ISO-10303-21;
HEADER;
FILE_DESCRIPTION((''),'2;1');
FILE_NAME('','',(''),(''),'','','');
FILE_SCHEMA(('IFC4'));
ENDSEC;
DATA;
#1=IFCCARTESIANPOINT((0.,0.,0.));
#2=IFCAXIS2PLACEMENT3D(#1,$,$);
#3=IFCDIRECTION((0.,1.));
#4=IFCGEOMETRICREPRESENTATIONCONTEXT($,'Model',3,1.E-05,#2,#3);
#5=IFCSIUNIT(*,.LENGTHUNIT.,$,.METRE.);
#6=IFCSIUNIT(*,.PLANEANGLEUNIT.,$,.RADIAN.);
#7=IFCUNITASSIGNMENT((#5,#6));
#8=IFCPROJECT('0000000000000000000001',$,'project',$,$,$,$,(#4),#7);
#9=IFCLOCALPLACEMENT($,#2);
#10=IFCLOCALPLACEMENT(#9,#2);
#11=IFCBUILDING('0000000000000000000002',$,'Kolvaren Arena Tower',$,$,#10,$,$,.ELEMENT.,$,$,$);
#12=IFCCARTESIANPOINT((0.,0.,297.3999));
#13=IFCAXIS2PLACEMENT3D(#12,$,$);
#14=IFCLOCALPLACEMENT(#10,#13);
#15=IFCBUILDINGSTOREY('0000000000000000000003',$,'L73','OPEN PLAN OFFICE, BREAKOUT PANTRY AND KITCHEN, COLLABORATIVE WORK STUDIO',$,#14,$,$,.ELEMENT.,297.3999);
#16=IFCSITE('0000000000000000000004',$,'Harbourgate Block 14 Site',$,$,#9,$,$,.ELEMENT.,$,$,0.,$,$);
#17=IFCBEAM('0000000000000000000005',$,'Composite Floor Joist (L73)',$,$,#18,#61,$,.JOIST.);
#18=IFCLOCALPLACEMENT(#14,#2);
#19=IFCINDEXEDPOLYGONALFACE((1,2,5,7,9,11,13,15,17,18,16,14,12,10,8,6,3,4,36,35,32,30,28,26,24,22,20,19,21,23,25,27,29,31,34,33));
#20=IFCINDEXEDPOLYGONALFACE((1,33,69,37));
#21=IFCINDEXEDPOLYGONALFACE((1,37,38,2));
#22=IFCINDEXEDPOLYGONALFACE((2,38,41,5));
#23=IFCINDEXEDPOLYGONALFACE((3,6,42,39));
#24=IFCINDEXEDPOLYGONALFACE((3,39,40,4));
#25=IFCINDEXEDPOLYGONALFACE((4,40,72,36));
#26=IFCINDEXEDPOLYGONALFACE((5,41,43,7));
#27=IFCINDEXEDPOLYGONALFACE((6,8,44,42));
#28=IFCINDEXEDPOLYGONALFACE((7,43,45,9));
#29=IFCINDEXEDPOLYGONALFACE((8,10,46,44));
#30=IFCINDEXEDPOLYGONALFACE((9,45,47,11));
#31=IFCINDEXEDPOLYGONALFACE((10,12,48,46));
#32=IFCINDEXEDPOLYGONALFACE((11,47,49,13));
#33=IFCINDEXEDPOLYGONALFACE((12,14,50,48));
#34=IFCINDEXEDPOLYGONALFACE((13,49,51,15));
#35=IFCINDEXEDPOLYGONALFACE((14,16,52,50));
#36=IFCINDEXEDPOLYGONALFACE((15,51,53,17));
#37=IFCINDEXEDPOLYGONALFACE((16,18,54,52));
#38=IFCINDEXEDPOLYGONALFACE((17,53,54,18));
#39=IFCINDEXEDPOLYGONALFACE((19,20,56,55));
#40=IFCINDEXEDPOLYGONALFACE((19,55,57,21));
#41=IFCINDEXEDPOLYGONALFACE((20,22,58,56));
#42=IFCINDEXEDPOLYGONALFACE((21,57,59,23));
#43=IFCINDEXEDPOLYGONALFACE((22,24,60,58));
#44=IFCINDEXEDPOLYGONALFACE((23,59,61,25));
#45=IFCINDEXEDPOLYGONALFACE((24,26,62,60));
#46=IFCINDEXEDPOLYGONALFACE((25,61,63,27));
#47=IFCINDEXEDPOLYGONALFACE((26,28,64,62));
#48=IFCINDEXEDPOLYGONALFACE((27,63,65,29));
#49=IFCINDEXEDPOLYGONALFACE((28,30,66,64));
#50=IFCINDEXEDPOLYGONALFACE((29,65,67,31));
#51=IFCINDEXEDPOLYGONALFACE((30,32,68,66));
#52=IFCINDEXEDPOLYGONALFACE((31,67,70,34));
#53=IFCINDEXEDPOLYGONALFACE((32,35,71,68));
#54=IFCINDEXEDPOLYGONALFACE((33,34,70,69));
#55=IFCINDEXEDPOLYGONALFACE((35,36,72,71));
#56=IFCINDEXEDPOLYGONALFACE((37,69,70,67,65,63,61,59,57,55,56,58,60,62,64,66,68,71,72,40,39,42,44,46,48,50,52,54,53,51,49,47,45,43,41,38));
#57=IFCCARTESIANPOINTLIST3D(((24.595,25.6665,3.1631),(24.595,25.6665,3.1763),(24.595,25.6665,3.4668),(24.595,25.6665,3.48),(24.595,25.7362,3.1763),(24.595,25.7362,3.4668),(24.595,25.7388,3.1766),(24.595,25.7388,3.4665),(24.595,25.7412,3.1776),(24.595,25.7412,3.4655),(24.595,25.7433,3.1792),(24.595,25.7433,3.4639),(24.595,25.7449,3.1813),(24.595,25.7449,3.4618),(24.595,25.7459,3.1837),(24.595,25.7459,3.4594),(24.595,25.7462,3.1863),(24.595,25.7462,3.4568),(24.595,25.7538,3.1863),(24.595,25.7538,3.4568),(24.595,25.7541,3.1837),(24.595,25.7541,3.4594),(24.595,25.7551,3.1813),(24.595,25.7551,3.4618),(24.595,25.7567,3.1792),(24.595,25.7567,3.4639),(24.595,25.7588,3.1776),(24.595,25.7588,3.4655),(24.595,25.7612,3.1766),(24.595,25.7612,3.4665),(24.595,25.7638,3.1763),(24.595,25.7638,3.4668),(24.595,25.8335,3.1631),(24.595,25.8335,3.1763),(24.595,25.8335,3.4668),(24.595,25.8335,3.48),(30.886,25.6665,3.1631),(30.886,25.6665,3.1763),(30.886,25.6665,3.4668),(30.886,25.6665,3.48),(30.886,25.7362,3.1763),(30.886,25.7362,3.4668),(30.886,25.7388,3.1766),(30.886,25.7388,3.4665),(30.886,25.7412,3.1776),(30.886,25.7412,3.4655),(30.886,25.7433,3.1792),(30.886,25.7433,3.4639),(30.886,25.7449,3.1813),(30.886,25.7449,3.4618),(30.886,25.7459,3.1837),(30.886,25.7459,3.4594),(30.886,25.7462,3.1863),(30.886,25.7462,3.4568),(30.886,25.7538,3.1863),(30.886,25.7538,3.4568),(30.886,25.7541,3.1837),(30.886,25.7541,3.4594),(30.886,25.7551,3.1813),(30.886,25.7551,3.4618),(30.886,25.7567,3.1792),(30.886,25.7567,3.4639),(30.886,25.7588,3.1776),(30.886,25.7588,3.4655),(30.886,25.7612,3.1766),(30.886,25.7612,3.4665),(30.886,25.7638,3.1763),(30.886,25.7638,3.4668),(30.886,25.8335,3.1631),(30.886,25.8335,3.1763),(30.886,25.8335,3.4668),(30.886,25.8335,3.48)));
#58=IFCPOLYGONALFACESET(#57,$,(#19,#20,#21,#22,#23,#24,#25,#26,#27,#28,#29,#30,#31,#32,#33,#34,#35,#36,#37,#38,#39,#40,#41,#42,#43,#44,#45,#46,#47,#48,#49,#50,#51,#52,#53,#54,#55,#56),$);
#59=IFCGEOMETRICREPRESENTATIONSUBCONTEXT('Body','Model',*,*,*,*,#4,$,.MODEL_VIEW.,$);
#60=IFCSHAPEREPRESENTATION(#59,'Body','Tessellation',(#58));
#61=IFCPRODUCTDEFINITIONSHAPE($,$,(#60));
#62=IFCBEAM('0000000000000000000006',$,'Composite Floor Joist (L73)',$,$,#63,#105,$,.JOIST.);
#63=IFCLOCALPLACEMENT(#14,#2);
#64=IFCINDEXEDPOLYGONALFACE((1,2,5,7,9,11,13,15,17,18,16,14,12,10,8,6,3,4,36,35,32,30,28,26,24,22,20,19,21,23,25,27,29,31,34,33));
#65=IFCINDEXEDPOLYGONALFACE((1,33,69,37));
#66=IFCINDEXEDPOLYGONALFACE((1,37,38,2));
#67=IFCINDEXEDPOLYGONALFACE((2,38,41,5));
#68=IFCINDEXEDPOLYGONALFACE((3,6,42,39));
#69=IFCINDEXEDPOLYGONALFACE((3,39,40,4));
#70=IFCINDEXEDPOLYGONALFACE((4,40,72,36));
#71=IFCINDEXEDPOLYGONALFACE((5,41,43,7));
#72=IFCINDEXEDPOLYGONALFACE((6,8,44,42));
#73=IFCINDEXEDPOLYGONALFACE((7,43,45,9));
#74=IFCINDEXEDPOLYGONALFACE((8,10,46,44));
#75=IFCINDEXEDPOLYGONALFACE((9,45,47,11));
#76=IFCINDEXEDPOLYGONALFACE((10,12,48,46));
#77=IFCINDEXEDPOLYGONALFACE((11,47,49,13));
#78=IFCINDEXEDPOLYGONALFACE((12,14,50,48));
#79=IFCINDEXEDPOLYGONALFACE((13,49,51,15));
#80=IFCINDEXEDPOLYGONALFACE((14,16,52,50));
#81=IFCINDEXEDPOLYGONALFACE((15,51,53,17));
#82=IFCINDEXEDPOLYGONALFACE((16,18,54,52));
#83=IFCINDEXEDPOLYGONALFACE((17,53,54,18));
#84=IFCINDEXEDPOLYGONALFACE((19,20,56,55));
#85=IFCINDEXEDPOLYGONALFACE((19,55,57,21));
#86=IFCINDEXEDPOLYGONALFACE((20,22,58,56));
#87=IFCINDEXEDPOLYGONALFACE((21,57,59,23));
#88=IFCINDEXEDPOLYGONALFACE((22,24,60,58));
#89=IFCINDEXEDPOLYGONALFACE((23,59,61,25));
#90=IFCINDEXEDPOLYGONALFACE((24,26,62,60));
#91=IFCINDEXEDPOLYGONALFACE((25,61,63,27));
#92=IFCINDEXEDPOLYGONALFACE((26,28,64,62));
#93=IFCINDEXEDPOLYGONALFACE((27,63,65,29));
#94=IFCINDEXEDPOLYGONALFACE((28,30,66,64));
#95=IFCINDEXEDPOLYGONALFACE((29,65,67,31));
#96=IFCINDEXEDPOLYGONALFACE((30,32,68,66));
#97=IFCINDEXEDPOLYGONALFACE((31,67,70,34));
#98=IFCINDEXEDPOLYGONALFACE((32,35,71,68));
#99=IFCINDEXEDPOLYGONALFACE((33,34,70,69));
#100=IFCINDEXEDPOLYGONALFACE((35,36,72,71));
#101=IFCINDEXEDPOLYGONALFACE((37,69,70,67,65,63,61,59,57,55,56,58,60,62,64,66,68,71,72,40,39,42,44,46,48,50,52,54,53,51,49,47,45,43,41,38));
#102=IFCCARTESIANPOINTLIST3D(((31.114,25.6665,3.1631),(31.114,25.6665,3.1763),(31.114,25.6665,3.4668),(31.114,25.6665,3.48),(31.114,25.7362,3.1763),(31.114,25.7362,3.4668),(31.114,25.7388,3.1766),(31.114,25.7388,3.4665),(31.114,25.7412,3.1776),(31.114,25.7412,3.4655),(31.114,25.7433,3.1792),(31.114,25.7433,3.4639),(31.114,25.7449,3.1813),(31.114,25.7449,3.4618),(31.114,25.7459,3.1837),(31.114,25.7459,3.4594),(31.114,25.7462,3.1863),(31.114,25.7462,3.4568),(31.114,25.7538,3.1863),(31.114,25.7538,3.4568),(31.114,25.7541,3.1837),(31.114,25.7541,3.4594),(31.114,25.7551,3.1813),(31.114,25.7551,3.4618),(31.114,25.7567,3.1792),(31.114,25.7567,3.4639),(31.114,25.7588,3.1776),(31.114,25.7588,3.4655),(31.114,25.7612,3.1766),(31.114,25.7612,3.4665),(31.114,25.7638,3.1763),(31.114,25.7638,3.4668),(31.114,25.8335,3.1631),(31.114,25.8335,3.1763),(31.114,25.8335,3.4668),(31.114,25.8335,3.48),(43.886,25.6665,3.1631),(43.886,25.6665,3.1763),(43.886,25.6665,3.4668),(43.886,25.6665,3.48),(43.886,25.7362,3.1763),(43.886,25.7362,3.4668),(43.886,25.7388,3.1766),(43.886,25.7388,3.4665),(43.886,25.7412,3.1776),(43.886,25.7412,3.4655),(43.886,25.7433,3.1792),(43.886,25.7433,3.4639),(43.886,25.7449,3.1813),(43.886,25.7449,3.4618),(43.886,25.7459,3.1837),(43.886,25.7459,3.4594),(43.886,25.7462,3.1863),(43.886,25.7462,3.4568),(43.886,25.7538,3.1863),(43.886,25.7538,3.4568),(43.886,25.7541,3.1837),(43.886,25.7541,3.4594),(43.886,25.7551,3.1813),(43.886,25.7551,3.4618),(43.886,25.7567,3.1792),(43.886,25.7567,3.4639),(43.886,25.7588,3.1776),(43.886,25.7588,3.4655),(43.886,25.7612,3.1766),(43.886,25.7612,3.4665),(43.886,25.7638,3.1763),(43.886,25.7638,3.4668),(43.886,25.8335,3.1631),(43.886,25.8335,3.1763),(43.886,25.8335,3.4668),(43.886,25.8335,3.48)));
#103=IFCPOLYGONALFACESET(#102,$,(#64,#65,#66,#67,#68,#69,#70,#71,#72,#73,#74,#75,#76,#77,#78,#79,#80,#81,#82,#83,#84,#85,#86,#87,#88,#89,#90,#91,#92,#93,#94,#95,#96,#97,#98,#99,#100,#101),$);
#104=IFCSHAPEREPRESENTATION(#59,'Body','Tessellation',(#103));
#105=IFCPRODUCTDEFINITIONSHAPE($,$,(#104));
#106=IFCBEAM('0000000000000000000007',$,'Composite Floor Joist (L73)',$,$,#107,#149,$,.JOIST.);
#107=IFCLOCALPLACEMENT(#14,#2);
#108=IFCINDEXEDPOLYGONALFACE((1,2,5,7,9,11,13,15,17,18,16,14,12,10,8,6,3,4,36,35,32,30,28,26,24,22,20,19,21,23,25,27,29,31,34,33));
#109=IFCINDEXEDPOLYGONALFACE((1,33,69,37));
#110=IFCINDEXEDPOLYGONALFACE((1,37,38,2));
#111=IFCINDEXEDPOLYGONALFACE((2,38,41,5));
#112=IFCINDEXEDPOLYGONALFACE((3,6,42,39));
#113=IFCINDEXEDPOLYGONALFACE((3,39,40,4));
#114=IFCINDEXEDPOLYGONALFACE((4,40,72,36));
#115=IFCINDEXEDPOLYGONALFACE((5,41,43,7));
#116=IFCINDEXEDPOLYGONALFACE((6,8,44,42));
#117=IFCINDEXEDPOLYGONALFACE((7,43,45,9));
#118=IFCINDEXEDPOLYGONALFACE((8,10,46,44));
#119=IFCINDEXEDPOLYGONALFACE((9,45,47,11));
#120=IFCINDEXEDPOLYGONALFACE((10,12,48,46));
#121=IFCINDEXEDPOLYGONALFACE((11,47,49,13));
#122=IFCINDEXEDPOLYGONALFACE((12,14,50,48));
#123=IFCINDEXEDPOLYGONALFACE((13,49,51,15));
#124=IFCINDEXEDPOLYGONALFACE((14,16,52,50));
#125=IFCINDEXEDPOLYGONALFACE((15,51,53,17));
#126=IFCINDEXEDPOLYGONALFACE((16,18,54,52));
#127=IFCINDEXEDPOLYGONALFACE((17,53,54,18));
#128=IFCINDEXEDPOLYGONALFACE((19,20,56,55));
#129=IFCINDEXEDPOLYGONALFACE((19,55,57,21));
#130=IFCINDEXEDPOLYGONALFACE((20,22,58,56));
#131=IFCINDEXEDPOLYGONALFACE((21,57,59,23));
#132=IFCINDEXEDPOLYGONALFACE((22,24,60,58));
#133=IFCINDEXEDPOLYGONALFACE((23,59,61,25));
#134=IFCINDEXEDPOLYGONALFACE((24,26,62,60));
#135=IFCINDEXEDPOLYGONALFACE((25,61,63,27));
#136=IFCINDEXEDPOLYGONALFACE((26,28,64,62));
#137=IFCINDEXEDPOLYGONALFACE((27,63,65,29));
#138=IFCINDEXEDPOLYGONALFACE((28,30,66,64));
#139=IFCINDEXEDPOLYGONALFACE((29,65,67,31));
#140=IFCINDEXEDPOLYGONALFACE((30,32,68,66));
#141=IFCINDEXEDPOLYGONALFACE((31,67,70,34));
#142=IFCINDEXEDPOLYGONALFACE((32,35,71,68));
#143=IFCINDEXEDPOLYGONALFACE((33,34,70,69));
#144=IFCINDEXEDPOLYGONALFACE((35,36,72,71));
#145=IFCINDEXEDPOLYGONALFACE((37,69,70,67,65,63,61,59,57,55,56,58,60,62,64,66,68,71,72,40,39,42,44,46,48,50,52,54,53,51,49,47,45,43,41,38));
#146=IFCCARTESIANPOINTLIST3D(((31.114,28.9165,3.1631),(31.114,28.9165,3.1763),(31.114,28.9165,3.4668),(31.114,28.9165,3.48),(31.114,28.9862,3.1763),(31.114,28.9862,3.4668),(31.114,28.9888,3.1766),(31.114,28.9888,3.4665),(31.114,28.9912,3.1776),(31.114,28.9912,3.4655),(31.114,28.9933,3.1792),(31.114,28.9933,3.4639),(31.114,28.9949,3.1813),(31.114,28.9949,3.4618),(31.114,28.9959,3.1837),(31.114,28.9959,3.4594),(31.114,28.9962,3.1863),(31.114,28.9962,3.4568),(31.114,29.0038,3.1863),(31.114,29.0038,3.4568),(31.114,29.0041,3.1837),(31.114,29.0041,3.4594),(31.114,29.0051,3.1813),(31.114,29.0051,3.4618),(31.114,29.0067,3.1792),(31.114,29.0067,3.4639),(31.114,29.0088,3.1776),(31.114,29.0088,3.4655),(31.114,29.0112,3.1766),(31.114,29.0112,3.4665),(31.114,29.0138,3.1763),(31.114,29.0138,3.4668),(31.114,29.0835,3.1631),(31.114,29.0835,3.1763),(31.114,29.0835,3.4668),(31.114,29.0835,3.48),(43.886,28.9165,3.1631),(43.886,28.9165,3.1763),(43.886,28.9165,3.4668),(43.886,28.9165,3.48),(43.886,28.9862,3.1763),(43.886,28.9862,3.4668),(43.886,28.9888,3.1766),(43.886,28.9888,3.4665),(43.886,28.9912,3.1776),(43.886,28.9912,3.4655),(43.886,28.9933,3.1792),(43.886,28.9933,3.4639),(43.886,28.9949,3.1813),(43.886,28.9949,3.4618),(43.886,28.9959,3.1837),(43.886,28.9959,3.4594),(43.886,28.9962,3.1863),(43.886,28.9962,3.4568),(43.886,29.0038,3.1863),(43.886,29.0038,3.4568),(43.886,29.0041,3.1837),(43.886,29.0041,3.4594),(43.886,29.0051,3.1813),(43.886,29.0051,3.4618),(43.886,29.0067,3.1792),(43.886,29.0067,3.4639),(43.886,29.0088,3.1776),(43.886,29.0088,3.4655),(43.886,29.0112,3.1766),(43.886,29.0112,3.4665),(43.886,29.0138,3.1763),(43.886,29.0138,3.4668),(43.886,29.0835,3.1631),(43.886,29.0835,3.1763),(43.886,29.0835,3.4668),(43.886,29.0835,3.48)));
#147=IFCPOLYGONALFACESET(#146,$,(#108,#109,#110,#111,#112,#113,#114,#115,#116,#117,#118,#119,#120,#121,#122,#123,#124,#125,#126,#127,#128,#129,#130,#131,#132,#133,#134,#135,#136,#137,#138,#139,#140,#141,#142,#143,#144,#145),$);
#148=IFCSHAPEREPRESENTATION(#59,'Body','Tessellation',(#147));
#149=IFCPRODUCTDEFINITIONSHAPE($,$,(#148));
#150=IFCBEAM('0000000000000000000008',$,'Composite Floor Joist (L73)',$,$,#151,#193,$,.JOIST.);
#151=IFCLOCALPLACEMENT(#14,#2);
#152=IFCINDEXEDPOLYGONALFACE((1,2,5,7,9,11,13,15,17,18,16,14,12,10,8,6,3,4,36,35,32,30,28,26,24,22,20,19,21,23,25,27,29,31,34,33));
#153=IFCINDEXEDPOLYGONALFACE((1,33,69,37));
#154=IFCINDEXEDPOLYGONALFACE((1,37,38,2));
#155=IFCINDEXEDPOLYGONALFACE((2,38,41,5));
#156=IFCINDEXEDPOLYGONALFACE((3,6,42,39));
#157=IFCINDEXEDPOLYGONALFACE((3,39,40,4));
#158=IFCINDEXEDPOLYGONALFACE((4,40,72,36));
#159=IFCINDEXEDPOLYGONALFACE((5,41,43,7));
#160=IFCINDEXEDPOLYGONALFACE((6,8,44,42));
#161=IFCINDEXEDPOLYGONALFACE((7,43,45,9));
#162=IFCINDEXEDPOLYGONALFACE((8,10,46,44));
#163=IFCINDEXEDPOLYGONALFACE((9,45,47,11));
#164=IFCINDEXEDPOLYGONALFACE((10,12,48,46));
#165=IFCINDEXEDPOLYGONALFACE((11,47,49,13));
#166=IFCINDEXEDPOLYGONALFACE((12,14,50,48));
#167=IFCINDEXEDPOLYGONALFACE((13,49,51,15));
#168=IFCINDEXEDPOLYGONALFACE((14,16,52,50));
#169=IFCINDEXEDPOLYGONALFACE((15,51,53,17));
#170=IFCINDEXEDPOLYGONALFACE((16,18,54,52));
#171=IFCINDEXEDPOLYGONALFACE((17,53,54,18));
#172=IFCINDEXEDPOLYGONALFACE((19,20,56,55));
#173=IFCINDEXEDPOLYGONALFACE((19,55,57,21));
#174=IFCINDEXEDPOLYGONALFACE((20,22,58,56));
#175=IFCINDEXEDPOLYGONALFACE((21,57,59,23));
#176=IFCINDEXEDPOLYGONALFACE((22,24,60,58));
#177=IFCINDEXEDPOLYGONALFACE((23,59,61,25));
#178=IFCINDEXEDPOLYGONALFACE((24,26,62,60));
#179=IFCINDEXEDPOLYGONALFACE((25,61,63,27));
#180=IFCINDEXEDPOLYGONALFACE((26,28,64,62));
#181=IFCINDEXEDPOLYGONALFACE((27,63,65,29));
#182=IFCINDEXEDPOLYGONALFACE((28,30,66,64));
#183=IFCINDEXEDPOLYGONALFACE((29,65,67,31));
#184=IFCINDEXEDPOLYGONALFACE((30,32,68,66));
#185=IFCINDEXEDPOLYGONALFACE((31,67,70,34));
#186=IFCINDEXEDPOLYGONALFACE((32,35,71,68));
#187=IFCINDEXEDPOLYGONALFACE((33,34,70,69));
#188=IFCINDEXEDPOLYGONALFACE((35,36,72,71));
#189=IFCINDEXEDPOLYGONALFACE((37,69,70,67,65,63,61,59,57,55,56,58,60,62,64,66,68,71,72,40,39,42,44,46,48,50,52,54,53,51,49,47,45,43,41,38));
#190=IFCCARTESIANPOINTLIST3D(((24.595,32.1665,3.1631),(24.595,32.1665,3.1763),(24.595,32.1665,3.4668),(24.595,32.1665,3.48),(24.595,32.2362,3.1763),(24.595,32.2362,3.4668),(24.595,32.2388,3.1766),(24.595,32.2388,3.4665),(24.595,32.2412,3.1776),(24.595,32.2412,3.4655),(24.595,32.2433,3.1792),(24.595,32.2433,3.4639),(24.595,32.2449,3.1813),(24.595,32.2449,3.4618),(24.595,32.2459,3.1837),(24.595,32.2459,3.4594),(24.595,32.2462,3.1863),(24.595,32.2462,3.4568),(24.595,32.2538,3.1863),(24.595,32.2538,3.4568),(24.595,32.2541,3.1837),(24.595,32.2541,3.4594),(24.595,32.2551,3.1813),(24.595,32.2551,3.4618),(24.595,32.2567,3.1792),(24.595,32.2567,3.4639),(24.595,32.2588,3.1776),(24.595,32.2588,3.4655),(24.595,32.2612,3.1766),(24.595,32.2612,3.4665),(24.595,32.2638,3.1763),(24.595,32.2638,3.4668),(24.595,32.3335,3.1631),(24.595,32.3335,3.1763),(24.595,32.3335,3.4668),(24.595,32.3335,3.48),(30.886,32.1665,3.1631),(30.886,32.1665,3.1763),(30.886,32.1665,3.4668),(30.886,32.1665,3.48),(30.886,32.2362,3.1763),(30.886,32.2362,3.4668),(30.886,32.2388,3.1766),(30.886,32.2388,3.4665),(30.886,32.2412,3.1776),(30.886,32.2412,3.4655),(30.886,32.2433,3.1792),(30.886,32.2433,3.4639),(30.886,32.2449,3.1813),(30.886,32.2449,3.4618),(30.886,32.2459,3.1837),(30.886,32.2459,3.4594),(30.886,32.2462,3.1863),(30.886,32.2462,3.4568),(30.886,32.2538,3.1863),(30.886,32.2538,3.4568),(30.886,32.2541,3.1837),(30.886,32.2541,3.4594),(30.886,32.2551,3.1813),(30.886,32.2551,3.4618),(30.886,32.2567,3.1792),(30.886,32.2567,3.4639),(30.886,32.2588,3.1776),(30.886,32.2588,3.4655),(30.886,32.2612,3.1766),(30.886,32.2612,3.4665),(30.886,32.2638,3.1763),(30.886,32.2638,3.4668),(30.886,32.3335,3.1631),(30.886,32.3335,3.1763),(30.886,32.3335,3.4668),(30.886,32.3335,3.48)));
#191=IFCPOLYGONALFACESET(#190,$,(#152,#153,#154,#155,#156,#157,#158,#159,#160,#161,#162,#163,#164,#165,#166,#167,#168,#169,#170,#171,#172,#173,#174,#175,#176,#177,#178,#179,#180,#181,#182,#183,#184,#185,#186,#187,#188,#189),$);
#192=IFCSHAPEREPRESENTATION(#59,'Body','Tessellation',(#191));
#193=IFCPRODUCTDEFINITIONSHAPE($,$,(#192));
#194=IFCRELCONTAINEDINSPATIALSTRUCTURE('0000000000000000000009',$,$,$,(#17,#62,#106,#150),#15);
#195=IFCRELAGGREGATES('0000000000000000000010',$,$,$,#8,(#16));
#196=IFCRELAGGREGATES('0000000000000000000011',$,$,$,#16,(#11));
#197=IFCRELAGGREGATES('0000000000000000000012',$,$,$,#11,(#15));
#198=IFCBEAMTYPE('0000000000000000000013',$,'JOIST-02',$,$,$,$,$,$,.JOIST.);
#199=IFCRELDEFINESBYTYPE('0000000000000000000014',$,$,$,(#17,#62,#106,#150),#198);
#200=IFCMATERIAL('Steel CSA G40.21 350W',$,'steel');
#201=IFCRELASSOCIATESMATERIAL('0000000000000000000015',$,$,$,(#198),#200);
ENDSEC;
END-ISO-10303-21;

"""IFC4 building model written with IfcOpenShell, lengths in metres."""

from ifc_helpers import new_model, si_unit, direction, frame, origin, origin_2d, place, context, subcontext, project, spatial, i_section, extrude, material, material_profile, profile_set, type_object, element, save


model = new_model("IFC4")

# Units and contexts
model_context = context("Model", 3, precision=1e-05, world=origin(), true_north=direction((0.0, 1.0)))
body_context = subcontext(model_context, "Body", "Model", "MODEL_VIEW")
ifc_project = project(units=[si_unit("LENGTHUNIT", "METRE"), si_unit("PLANEANGLEUNIT", "RADIAN")], contexts=[model_context])

# Site, building, storey
site_placement = place(None, origin())
site = spatial("IfcSite", under=ifc_project, at=site_placement, Name="Harbourgate Block 14 Site", CompositionType="ELEMENT", RefElevation=0.0)
building_placement = place(site_placement, origin())
building = spatial("IfcBuilding", under=site, at=building_placement, Name="Kolvaren Arena Tower", CompositionType="ELEMENT")
storey_placement = place(building_placement, frame((0.0, 0.0, 297.3999)))
storey = spatial("IfcBuildingStorey", under=building, at=storey_placement, Name="L73", Description="OPEN PLAN OFFICE, BREAKOUT PANTRY AND KITCHEN, COLLABORATIVE WORK STUDIO", CompositionType="ELEMENT", Elevation=297.3999)

# Beams
ifc_material_1 = material(Name="Steel CSA G40.21 350W", Category="steel")
ifc_material_profile_1 = material_profile(ifc_material_1, i_section(OverallWidth=0.167, OverallDepth=0.3169, WebThickness=0.0076, FlangeThickness=0.0132, FilletRadius=0.01, at=origin_2d()), Name="W310x52")
ifc_profile_set_1 = profile_set([ifc_material_profile_1], Name="Steel CSA G40.21 350W")
beam_type_1 = type_object("IfcBeamType", Name="JOIST-02", PredefinedType="JOIST", material=ifc_profile_set_1)
beam_1_placement = place(storey_placement, frame((24.595, 25.75, 3.3215), z_axis=(1.0, 0.0, 0.0), x_axis=(0.0, 1.0, 0.0)))
element("IfcBeam", 1, at=beam_1_placement, inside=storey, type_object=beam_type_1, Name="Composite Floor Joist (L73)", PredefinedType="JOIST", context=body_context, shape_type="SweptSolid", body=[
    extrude(i_section(OverallWidth=0.167, OverallDepth=0.3169, WebThickness=0.0076, FlangeThickness=0.0132, FilletRadius=0.01, at=origin_2d()), origin(), (0.0, 0.0, 1.0), 6.291),
])
for number, where, z_axis, x_axis, name in (
    (2, (31.114, 25.75, 3.3215), (1.0, 0.0, 0.0), (0.0, 1.0, 0.0), "Composite Floor Joist (L73)"),
    (3, (31.114, 29.0, 3.3215), (1.0, 0.0, 0.0), (0.0, 1.0, 0.0), "Composite Floor Joist (L73)"),
):
    element("IfcBeam", number, at=place(storey_placement, frame(where, z_axis=z_axis, x_axis=x_axis)), inside=storey, type_object=beam_type_1, Name=name, PredefinedType="JOIST", context=body_context, shape_type="SweptSolid", body=[
        extrude(i_section(OverallWidth=0.167, OverallDepth=0.3169, WebThickness=0.0076, FlangeThickness=0.0132, FilletRadius=0.01, at=origin_2d()), origin(), (0.0, 0.0, 1.0), 12.772),
    ])
beam_2_placement = place(storey_placement, frame((24.595, 32.25, 3.3215), z_axis=(1.0, 0.0, 0.0), x_axis=(0.0, 1.0, 0.0)))
element("IfcBeam", 4, at=beam_2_placement, inside=storey, type_object=beam_type_1, Name="Composite Floor Joist (L73)", PredefinedType="JOIST", context=body_context, shape_type="SweptSolid", body=[
    extrude(i_section(OverallWidth=0.167, OverallDepth=0.3169, WebThickness=0.0076, FlangeThickness=0.0132, FilletRadius=0.01, at=origin_2d()), origin(), (0.0, 0.0, 1.0), 6.291),
])

save(model, "model.ifc")
